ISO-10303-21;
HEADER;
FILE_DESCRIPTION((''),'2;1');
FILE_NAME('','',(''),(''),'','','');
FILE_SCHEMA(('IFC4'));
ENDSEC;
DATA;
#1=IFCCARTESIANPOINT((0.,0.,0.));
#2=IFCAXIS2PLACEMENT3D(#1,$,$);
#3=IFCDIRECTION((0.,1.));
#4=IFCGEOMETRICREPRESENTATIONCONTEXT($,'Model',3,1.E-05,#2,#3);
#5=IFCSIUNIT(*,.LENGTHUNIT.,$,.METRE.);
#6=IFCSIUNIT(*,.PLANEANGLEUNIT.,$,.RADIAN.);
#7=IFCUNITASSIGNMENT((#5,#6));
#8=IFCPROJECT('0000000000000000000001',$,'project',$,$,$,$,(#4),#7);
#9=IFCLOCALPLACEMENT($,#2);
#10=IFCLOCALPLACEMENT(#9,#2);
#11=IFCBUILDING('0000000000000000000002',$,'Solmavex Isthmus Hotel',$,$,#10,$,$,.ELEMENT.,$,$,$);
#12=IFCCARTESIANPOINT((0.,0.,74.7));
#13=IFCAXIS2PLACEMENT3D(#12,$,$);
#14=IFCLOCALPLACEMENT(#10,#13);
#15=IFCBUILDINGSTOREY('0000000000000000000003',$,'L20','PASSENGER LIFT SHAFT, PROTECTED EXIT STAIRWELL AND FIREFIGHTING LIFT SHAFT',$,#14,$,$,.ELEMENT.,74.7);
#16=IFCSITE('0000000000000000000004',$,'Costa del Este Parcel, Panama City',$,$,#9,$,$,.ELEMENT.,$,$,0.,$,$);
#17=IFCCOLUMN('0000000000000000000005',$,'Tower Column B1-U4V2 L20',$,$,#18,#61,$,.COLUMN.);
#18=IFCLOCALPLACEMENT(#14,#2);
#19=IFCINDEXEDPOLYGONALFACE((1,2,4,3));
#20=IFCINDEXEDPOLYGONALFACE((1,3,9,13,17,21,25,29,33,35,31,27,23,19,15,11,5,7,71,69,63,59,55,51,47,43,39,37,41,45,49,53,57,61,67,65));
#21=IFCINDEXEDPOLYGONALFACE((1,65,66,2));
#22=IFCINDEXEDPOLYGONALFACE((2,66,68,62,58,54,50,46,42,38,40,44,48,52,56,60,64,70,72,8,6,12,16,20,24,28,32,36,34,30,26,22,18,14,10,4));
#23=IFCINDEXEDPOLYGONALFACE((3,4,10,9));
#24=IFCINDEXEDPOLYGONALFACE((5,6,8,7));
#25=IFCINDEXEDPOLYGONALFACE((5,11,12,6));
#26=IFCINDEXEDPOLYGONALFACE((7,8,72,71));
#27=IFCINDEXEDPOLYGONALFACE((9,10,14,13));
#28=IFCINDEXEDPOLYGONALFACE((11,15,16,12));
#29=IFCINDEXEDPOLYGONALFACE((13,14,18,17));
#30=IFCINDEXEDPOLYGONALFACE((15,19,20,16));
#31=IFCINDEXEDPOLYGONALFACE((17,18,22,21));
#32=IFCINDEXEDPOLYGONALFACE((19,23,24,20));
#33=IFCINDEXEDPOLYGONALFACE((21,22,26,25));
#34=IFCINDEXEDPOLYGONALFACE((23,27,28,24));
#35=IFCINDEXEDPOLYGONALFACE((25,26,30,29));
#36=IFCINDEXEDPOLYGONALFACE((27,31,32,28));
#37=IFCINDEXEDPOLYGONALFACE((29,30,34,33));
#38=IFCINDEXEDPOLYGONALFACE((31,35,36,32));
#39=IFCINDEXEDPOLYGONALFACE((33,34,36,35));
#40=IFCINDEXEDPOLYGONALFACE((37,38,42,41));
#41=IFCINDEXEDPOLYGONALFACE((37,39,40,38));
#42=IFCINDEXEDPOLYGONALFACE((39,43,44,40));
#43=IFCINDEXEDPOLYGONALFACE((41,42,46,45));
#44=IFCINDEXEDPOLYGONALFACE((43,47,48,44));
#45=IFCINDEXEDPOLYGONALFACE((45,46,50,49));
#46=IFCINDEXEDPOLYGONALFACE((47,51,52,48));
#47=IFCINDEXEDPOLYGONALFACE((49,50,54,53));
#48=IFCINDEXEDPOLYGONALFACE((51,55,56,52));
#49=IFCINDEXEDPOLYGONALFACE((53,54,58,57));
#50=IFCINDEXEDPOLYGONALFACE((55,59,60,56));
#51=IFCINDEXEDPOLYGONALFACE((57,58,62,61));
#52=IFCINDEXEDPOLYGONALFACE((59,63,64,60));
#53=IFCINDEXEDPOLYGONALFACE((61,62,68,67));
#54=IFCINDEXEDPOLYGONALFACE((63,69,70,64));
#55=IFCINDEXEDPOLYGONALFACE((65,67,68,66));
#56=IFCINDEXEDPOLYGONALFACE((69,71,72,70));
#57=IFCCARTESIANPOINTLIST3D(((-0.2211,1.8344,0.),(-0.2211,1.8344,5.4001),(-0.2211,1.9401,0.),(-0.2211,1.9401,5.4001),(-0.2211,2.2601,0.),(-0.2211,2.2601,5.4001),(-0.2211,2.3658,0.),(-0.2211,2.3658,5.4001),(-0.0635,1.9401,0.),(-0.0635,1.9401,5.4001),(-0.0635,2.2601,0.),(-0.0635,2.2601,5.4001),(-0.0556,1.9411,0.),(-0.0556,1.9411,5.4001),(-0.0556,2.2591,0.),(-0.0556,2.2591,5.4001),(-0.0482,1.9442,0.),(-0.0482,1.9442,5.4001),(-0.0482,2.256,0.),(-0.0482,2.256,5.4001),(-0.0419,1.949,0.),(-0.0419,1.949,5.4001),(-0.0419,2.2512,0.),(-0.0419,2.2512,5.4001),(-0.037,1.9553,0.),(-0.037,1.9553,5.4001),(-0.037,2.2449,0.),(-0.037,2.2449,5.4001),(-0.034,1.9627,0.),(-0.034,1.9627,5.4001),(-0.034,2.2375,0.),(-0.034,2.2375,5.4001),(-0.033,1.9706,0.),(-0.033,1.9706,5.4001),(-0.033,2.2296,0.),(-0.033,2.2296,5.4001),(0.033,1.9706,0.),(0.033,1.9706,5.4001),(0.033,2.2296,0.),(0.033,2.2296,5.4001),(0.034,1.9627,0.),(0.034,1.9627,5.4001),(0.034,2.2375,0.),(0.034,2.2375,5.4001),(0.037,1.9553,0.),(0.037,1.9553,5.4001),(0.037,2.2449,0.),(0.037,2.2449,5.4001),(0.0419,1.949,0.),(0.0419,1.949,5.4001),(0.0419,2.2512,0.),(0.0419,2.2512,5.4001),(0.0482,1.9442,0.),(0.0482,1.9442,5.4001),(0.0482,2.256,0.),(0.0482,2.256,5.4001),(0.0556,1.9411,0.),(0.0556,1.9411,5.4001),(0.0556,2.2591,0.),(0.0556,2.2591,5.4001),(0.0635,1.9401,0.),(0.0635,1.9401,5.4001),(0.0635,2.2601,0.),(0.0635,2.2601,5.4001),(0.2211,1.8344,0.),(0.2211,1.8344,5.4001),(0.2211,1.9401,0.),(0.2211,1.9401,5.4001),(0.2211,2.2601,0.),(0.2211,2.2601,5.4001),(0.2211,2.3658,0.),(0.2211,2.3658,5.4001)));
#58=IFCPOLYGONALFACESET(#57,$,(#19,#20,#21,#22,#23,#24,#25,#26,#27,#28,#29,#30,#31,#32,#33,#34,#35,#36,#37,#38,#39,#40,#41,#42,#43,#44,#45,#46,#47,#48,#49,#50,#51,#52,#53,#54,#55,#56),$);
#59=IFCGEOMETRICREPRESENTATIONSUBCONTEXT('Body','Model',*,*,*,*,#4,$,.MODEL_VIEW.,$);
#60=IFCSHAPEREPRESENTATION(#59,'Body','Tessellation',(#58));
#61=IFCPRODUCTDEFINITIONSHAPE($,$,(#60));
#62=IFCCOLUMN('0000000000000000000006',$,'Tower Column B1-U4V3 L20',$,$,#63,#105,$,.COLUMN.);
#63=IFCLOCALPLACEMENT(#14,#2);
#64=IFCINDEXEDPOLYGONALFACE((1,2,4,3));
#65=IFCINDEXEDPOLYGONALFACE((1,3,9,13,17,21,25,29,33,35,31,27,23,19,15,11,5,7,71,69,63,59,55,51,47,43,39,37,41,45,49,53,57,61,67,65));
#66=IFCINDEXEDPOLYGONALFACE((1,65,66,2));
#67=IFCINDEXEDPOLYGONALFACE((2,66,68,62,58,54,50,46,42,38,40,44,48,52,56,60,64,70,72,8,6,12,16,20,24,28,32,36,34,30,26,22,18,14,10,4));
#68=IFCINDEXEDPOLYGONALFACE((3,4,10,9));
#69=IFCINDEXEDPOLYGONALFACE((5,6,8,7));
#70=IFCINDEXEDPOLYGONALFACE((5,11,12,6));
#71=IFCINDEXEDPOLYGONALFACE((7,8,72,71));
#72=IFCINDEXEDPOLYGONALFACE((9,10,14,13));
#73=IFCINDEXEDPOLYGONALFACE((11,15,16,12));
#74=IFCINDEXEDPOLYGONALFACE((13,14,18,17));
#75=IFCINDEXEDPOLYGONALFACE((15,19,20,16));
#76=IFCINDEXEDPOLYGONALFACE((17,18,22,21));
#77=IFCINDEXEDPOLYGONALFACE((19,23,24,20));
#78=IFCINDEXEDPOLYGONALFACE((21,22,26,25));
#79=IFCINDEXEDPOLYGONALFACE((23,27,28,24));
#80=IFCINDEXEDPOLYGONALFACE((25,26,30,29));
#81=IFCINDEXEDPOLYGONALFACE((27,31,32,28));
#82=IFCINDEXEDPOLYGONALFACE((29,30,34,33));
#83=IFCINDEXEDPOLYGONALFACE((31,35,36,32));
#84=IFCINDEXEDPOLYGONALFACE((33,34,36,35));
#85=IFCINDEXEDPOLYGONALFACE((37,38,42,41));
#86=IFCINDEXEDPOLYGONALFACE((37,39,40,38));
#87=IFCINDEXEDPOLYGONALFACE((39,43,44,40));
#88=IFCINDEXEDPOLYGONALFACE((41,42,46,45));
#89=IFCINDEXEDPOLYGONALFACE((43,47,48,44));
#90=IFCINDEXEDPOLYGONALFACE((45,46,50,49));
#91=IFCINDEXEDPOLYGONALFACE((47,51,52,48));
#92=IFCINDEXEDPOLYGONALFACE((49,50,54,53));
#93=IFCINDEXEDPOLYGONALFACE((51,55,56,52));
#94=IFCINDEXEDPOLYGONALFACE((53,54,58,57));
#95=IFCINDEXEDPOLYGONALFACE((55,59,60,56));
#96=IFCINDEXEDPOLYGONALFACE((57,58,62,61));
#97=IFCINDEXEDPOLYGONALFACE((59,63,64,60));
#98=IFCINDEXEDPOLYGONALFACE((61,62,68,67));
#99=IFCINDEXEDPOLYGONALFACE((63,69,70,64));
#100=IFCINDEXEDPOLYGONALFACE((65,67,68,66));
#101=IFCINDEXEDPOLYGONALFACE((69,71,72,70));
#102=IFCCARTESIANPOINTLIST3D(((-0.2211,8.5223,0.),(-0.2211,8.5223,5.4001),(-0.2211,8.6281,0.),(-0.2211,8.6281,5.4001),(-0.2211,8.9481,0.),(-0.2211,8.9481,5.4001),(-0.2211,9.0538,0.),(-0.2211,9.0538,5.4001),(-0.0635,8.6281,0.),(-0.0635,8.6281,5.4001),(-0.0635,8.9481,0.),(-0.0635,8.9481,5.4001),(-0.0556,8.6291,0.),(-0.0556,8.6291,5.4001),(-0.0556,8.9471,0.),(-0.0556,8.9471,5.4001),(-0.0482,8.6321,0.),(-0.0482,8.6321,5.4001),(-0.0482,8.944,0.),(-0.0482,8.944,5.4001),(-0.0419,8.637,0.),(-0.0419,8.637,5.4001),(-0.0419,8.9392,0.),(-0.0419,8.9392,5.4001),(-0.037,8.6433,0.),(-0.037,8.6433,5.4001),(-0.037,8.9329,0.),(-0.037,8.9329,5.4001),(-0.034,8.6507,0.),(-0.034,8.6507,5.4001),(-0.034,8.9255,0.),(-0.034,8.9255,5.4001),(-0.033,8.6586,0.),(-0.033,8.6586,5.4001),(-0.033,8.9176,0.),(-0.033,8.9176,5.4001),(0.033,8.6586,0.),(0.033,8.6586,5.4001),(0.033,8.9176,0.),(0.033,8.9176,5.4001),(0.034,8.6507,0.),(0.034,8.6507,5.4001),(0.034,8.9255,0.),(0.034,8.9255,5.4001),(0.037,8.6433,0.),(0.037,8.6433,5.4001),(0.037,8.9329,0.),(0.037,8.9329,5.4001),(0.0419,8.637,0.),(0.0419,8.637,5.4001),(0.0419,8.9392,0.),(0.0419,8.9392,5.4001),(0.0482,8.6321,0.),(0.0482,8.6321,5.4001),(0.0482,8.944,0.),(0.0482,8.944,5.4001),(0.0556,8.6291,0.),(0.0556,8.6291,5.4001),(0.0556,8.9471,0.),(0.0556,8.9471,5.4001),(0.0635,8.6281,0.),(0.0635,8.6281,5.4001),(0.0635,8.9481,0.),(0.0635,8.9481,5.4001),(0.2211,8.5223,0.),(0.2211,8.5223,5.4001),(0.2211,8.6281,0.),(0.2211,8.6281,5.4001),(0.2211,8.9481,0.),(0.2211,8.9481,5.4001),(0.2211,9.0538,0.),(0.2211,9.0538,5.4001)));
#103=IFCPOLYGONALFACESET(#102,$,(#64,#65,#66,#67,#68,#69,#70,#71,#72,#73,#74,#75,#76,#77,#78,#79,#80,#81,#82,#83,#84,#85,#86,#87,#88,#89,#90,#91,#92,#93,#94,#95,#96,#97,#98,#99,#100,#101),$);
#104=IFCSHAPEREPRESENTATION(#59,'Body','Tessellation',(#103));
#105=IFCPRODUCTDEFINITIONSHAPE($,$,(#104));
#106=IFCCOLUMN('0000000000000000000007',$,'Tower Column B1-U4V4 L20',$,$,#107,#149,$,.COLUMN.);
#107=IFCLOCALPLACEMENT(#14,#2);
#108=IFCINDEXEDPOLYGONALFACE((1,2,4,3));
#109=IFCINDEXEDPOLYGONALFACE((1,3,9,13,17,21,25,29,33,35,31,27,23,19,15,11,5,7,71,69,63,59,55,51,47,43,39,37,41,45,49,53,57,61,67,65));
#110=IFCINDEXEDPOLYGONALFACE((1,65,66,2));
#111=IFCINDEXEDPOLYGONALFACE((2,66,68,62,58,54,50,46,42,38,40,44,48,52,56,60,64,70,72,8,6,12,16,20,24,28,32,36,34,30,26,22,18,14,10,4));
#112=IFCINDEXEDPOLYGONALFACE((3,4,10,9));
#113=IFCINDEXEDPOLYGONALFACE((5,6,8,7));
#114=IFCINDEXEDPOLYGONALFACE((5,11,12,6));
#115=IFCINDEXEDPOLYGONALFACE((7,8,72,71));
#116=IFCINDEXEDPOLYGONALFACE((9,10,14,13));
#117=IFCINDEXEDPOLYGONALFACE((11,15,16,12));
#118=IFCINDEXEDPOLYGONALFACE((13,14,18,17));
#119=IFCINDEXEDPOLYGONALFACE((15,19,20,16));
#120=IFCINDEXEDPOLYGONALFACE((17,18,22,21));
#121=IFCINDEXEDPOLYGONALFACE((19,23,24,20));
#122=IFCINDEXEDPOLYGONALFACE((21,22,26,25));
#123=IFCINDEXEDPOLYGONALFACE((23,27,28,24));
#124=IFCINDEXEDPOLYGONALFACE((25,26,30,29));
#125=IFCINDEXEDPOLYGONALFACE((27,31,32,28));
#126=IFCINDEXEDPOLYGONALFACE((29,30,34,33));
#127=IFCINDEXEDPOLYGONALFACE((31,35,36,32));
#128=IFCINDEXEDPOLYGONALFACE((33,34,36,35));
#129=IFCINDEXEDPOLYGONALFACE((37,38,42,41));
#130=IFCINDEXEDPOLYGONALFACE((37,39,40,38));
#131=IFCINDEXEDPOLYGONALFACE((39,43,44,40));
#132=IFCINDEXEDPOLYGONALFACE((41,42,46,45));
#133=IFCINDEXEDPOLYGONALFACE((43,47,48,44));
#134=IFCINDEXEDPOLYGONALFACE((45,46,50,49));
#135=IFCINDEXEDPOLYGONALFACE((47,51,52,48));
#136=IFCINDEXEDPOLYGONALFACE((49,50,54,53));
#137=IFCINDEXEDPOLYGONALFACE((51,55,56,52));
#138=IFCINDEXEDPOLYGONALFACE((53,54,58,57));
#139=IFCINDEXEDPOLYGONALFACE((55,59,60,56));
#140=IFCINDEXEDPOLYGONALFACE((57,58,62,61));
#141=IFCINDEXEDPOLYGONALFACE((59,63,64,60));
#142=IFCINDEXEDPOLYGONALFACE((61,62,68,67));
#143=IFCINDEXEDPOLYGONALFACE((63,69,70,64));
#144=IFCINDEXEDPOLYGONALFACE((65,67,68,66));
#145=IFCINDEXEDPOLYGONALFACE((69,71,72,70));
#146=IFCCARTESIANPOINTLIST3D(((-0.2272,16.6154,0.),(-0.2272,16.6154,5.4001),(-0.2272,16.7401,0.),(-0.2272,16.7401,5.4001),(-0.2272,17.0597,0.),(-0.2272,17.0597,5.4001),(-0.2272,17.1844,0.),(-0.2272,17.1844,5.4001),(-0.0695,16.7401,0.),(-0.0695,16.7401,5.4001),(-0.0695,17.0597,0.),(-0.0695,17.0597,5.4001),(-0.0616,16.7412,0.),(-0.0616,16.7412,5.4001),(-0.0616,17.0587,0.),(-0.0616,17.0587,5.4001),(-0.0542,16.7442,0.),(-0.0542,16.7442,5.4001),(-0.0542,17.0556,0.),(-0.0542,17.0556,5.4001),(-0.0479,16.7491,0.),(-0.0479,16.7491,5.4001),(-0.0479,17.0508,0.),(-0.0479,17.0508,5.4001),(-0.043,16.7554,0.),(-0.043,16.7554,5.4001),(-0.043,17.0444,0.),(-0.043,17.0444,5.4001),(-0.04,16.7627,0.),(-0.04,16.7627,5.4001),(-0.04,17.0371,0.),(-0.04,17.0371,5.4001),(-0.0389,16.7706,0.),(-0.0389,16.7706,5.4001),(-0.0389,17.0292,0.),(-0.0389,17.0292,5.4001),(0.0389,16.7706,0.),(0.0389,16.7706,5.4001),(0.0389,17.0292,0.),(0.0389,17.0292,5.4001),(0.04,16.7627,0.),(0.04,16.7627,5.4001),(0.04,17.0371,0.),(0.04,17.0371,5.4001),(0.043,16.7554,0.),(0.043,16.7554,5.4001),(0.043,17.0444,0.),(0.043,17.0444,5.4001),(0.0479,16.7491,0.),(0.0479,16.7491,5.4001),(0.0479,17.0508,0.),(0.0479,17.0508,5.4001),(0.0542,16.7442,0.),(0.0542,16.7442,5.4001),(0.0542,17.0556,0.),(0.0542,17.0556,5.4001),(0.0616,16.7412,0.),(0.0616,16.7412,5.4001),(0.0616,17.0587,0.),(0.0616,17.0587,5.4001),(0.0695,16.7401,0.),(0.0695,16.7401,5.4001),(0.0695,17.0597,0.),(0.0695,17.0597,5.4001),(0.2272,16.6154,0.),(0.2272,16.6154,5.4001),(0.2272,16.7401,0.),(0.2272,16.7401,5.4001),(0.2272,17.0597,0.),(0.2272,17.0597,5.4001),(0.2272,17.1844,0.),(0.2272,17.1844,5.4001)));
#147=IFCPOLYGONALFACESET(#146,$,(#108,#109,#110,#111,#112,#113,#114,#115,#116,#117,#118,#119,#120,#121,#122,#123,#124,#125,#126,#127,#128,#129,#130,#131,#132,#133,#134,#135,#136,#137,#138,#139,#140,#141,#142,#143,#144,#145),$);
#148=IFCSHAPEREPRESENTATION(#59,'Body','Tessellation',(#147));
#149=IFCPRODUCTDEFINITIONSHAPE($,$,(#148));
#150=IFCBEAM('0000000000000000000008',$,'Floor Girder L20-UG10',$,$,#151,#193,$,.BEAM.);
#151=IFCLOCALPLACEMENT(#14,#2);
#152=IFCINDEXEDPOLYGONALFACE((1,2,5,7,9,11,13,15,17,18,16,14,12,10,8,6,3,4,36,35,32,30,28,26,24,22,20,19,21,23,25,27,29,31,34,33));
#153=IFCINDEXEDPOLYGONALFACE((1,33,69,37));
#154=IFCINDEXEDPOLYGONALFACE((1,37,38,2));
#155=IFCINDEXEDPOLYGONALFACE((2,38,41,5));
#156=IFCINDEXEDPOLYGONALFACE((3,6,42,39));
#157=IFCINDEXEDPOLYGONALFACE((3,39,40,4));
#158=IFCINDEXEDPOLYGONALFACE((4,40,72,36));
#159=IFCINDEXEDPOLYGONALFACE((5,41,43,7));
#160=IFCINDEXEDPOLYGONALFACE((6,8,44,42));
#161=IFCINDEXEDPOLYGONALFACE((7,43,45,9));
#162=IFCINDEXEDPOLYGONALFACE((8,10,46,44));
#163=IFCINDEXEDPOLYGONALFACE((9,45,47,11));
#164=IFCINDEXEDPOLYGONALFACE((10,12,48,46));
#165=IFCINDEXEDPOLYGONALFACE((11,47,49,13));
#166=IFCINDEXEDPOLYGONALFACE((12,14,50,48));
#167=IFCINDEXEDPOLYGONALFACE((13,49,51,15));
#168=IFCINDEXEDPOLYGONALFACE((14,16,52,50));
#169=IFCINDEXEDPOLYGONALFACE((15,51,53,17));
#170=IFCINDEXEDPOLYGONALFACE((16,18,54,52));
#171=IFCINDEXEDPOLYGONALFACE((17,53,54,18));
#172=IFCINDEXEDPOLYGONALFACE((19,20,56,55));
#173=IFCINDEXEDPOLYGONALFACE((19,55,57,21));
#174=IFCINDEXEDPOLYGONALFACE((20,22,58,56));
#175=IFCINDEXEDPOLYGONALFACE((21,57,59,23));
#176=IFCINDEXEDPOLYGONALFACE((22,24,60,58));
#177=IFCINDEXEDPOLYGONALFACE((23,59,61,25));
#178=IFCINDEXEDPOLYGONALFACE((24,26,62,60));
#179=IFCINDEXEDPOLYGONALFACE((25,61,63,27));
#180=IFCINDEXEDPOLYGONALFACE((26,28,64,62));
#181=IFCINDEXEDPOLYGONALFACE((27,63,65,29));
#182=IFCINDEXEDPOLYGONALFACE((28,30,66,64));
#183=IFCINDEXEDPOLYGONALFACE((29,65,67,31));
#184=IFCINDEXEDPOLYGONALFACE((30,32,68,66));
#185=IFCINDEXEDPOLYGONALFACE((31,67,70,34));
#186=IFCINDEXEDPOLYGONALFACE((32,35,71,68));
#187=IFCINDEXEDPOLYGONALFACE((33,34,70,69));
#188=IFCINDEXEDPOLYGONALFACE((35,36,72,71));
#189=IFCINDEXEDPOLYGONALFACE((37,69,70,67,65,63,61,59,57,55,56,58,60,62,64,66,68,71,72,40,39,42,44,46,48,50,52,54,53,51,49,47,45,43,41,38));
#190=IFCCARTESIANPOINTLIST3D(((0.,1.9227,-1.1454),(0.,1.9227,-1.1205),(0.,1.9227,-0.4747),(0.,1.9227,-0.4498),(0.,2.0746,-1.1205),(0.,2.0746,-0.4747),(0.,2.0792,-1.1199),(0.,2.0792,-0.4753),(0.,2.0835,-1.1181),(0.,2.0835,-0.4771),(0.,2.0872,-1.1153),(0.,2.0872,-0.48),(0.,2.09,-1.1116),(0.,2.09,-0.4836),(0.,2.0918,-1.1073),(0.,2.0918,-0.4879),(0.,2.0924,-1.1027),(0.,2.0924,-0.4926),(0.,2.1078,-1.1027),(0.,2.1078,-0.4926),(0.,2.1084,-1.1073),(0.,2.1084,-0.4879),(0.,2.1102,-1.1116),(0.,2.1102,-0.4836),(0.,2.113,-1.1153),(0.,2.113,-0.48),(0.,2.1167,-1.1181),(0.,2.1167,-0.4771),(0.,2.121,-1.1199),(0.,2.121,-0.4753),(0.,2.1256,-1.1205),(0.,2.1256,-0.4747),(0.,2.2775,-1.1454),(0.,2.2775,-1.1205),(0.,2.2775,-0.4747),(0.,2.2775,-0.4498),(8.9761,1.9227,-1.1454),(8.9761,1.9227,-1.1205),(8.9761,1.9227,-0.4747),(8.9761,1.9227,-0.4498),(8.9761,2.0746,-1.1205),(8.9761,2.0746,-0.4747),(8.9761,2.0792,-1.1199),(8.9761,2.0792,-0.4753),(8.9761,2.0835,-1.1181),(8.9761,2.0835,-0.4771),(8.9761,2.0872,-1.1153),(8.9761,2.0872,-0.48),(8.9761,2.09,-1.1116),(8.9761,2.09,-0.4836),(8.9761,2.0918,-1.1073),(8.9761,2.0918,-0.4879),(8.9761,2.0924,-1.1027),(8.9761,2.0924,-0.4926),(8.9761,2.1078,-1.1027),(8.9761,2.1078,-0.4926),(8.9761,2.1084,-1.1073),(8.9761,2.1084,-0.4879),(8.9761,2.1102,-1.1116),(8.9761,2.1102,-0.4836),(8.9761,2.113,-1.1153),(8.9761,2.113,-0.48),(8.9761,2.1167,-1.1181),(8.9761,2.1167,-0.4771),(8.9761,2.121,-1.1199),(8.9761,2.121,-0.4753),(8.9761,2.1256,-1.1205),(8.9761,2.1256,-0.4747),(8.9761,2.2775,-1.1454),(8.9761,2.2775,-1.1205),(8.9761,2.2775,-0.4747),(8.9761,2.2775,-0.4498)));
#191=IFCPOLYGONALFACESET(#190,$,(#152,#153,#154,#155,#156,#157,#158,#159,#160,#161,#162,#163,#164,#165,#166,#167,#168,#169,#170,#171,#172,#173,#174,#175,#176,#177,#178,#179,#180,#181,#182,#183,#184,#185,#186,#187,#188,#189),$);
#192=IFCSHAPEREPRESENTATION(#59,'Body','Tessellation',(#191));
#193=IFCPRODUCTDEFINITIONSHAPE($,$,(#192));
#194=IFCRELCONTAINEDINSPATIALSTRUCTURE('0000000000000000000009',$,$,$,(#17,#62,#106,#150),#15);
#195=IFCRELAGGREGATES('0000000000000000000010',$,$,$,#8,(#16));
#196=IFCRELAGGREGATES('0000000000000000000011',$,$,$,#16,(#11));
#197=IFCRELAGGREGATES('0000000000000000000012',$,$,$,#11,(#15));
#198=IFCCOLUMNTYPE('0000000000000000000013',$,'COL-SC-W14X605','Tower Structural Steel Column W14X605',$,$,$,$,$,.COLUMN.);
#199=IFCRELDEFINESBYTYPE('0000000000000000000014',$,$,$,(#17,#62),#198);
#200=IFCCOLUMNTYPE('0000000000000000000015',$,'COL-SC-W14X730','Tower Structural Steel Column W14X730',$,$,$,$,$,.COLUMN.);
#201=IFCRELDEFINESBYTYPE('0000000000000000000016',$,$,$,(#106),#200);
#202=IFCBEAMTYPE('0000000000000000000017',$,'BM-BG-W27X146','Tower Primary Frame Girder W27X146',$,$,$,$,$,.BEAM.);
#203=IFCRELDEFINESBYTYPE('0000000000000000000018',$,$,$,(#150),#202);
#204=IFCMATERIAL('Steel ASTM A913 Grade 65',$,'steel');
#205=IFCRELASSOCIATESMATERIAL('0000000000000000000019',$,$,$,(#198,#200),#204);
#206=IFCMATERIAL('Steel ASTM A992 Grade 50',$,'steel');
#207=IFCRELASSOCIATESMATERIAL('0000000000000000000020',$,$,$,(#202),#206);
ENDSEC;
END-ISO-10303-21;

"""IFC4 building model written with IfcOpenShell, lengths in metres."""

from ifc_helpers import new_model, si_unit, direction, frame, origin, origin_2d, place, context, subcontext, project, spatial, i_section, extrude, material, material_profile, profile_set, type_object, element, save


model = new_model("IFC4")

# Units and contexts
model_context = context("Model", 3, precision=1e-05, world=origin(), true_north=direction((0.0, 1.0)))
body_context = subcontext(model_context, "Body", "Model", "MODEL_VIEW")
ifc_project = project(units=[si_unit("LENGTHUNIT", "METRE"), si_unit("PLANEANGLEUNIT", "RADIAN")], contexts=[model_context])

# Site, building, storey
site_placement = place(None, origin())
site = spatial("IfcSite", under=ifc_project, at=site_placement, Name="Costa del Este Parcel, Panama City", CompositionType="ELEMENT", RefElevation=0.0)
building_placement = place(site_placement, origin())
building = spatial("IfcBuilding", under=site, at=building_placement, Name="Solmavex Isthmus Hotel", CompositionType="ELEMENT")
storey_placement = place(building_placement, frame((0.0, 0.0, 74.7)))
storey = spatial("IfcBuildingStorey", under=building, at=storey_placement, Name="L20", Description="PASSENGER LIFT SHAFT, PROTECTED EXIT STAIRWELL AND FIREFIGHTING LIFT SHAFT", CompositionType="ELEMENT", Elevation=74.7)

# Columns
ifc_material_1 = material(Name="Steel ASTM A913 Grade 65", Category="steel")
ifc_material_profile_1 = material_profile(ifc_material_1, i_section(OverallWidth=0.4421, OverallDepth=0.5315, WebThickness=0.0659, FlangeThickness=0.1057, FilletRadius=0.0305, at=origin_2d()), Name="W14X605")
ifc_profile_set_1 = profile_set([ifc_material_profile_1], Name="Steel ASTM A913 Grade 65")
column_type_1 = type_object("IfcColumnType", Name="COL-SC-W14X605", Description="Tower Structural Steel Column W14X605", PredefinedType="COLUMN", material=ifc_profile_set_1)
for number, where, z_axis, x_axis, name in (
    (1, (0.0, 2.1001, 0.0), (0.0, 0.0, 1.0), (1.0, 0.0, 0.0), "Tower Column B1-U4V2 L20"),
    (2, (0.0, 8.7881, 0.0), (0.0, 0.0, 1.0), (1.0, 0.0, 0.0), "Tower Column B1-U4V3 L20"),
):
    element("IfcColumn", number, at=place(storey_placement, frame(where, z_axis=z_axis, x_axis=x_axis)), inside=storey, type_object=column_type_1, Name=name, PredefinedType="COLUMN", context=body_context, shape_type="SweptSolid", body=[
        extrude(i_section(OverallWidth=0.4421, OverallDepth=0.5315, WebThickness=0.0659, FlangeThickness=0.1057, FilletRadius=0.0305, at=origin_2d()), origin(), (0.0, 0.0, 1.0), 5.4001),
    ])
ifc_material_profile_2 = material_profile(ifc_material_1, i_section(OverallWidth=0.4543, OverallDepth=0.5691, WebThickness=0.0779, FlangeThickness=0.1248, FilletRadius=0.0305, at=origin_2d()), Name="W14X730")
ifc_profile_set_2 = profile_set([ifc_material_profile_2], Name="Steel ASTM A913 Grade 65")
column_type_2 = type_object("IfcColumnType", Name="COL-SC-W14X730", Description="Tower Structural Steel Column W14X730", PredefinedType="COLUMN", material=ifc_profile_set_2)
column_placement = place(storey_placement, frame((0.0, 16.8999, 0.0), z_axis=(0.0, 0.0, 1.0), x_axis=(1.0, 0.0, 0.0)))
element("IfcColumn", 3, at=column_placement, inside=storey, type_object=column_type_2, Name="Tower Column B1-U4V4 L20", PredefinedType="COLUMN", context=body_context, shape_type="SweptSolid", body=[
    extrude(i_section(OverallWidth=0.4543, OverallDepth=0.5691, WebThickness=0.0779, FlangeThickness=0.1248, FilletRadius=0.0305, at=origin_2d()), origin(), (0.0, 0.0, 1.0), 5.4001),
])

# Beam
ifc_material_2 = material(Name="Steel ASTM A992 Grade 50", Category="steel")
ifc_material_profile_3 = material_profile(ifc_material_2, i_section(OverallWidth=0.3547, OverallDepth=0.6956, WebThickness=0.0154, FlangeThickness=0.0249, FilletRadius=0.0178, at=origin_2d()), Name="W27X146")
ifc_profile_set_3 = profile_set([ifc_material_profile_3], Name="Steel ASTM A992 Grade 50")
beam_type_1 = type_object("IfcBeamType", Name="BM-BG-W27X146", Description="Tower Primary Frame Girder W27X146", PredefinedType="BEAM", material=ifc_profile_set_3)
for number, where, z_axis, x_axis, name in (
    (4, (0.0, 2.1001, -0.7976), (1.0, 0.0, 0.0), (0.0, 1.0, 0.0), "Floor Girder L20-UG10"),
):
    element("IfcBeam", number, at=place(storey_placement, frame(where, z_axis=z_axis, x_axis=x_axis)), inside=storey, type_object=beam_type_1, Name=name, PredefinedType="BEAM", context=body_context, shape_type="SweptSolid", body=[
        extrude(i_section(OverallWidth=0.3547, OverallDepth=0.6956, WebThickness=0.0154, FlangeThickness=0.0249, FilletRadius=0.0178, at=origin_2d()), origin(), (0.0, 0.0, 1.0), 8.9761),
    ])

save(model, "model.ifc")
